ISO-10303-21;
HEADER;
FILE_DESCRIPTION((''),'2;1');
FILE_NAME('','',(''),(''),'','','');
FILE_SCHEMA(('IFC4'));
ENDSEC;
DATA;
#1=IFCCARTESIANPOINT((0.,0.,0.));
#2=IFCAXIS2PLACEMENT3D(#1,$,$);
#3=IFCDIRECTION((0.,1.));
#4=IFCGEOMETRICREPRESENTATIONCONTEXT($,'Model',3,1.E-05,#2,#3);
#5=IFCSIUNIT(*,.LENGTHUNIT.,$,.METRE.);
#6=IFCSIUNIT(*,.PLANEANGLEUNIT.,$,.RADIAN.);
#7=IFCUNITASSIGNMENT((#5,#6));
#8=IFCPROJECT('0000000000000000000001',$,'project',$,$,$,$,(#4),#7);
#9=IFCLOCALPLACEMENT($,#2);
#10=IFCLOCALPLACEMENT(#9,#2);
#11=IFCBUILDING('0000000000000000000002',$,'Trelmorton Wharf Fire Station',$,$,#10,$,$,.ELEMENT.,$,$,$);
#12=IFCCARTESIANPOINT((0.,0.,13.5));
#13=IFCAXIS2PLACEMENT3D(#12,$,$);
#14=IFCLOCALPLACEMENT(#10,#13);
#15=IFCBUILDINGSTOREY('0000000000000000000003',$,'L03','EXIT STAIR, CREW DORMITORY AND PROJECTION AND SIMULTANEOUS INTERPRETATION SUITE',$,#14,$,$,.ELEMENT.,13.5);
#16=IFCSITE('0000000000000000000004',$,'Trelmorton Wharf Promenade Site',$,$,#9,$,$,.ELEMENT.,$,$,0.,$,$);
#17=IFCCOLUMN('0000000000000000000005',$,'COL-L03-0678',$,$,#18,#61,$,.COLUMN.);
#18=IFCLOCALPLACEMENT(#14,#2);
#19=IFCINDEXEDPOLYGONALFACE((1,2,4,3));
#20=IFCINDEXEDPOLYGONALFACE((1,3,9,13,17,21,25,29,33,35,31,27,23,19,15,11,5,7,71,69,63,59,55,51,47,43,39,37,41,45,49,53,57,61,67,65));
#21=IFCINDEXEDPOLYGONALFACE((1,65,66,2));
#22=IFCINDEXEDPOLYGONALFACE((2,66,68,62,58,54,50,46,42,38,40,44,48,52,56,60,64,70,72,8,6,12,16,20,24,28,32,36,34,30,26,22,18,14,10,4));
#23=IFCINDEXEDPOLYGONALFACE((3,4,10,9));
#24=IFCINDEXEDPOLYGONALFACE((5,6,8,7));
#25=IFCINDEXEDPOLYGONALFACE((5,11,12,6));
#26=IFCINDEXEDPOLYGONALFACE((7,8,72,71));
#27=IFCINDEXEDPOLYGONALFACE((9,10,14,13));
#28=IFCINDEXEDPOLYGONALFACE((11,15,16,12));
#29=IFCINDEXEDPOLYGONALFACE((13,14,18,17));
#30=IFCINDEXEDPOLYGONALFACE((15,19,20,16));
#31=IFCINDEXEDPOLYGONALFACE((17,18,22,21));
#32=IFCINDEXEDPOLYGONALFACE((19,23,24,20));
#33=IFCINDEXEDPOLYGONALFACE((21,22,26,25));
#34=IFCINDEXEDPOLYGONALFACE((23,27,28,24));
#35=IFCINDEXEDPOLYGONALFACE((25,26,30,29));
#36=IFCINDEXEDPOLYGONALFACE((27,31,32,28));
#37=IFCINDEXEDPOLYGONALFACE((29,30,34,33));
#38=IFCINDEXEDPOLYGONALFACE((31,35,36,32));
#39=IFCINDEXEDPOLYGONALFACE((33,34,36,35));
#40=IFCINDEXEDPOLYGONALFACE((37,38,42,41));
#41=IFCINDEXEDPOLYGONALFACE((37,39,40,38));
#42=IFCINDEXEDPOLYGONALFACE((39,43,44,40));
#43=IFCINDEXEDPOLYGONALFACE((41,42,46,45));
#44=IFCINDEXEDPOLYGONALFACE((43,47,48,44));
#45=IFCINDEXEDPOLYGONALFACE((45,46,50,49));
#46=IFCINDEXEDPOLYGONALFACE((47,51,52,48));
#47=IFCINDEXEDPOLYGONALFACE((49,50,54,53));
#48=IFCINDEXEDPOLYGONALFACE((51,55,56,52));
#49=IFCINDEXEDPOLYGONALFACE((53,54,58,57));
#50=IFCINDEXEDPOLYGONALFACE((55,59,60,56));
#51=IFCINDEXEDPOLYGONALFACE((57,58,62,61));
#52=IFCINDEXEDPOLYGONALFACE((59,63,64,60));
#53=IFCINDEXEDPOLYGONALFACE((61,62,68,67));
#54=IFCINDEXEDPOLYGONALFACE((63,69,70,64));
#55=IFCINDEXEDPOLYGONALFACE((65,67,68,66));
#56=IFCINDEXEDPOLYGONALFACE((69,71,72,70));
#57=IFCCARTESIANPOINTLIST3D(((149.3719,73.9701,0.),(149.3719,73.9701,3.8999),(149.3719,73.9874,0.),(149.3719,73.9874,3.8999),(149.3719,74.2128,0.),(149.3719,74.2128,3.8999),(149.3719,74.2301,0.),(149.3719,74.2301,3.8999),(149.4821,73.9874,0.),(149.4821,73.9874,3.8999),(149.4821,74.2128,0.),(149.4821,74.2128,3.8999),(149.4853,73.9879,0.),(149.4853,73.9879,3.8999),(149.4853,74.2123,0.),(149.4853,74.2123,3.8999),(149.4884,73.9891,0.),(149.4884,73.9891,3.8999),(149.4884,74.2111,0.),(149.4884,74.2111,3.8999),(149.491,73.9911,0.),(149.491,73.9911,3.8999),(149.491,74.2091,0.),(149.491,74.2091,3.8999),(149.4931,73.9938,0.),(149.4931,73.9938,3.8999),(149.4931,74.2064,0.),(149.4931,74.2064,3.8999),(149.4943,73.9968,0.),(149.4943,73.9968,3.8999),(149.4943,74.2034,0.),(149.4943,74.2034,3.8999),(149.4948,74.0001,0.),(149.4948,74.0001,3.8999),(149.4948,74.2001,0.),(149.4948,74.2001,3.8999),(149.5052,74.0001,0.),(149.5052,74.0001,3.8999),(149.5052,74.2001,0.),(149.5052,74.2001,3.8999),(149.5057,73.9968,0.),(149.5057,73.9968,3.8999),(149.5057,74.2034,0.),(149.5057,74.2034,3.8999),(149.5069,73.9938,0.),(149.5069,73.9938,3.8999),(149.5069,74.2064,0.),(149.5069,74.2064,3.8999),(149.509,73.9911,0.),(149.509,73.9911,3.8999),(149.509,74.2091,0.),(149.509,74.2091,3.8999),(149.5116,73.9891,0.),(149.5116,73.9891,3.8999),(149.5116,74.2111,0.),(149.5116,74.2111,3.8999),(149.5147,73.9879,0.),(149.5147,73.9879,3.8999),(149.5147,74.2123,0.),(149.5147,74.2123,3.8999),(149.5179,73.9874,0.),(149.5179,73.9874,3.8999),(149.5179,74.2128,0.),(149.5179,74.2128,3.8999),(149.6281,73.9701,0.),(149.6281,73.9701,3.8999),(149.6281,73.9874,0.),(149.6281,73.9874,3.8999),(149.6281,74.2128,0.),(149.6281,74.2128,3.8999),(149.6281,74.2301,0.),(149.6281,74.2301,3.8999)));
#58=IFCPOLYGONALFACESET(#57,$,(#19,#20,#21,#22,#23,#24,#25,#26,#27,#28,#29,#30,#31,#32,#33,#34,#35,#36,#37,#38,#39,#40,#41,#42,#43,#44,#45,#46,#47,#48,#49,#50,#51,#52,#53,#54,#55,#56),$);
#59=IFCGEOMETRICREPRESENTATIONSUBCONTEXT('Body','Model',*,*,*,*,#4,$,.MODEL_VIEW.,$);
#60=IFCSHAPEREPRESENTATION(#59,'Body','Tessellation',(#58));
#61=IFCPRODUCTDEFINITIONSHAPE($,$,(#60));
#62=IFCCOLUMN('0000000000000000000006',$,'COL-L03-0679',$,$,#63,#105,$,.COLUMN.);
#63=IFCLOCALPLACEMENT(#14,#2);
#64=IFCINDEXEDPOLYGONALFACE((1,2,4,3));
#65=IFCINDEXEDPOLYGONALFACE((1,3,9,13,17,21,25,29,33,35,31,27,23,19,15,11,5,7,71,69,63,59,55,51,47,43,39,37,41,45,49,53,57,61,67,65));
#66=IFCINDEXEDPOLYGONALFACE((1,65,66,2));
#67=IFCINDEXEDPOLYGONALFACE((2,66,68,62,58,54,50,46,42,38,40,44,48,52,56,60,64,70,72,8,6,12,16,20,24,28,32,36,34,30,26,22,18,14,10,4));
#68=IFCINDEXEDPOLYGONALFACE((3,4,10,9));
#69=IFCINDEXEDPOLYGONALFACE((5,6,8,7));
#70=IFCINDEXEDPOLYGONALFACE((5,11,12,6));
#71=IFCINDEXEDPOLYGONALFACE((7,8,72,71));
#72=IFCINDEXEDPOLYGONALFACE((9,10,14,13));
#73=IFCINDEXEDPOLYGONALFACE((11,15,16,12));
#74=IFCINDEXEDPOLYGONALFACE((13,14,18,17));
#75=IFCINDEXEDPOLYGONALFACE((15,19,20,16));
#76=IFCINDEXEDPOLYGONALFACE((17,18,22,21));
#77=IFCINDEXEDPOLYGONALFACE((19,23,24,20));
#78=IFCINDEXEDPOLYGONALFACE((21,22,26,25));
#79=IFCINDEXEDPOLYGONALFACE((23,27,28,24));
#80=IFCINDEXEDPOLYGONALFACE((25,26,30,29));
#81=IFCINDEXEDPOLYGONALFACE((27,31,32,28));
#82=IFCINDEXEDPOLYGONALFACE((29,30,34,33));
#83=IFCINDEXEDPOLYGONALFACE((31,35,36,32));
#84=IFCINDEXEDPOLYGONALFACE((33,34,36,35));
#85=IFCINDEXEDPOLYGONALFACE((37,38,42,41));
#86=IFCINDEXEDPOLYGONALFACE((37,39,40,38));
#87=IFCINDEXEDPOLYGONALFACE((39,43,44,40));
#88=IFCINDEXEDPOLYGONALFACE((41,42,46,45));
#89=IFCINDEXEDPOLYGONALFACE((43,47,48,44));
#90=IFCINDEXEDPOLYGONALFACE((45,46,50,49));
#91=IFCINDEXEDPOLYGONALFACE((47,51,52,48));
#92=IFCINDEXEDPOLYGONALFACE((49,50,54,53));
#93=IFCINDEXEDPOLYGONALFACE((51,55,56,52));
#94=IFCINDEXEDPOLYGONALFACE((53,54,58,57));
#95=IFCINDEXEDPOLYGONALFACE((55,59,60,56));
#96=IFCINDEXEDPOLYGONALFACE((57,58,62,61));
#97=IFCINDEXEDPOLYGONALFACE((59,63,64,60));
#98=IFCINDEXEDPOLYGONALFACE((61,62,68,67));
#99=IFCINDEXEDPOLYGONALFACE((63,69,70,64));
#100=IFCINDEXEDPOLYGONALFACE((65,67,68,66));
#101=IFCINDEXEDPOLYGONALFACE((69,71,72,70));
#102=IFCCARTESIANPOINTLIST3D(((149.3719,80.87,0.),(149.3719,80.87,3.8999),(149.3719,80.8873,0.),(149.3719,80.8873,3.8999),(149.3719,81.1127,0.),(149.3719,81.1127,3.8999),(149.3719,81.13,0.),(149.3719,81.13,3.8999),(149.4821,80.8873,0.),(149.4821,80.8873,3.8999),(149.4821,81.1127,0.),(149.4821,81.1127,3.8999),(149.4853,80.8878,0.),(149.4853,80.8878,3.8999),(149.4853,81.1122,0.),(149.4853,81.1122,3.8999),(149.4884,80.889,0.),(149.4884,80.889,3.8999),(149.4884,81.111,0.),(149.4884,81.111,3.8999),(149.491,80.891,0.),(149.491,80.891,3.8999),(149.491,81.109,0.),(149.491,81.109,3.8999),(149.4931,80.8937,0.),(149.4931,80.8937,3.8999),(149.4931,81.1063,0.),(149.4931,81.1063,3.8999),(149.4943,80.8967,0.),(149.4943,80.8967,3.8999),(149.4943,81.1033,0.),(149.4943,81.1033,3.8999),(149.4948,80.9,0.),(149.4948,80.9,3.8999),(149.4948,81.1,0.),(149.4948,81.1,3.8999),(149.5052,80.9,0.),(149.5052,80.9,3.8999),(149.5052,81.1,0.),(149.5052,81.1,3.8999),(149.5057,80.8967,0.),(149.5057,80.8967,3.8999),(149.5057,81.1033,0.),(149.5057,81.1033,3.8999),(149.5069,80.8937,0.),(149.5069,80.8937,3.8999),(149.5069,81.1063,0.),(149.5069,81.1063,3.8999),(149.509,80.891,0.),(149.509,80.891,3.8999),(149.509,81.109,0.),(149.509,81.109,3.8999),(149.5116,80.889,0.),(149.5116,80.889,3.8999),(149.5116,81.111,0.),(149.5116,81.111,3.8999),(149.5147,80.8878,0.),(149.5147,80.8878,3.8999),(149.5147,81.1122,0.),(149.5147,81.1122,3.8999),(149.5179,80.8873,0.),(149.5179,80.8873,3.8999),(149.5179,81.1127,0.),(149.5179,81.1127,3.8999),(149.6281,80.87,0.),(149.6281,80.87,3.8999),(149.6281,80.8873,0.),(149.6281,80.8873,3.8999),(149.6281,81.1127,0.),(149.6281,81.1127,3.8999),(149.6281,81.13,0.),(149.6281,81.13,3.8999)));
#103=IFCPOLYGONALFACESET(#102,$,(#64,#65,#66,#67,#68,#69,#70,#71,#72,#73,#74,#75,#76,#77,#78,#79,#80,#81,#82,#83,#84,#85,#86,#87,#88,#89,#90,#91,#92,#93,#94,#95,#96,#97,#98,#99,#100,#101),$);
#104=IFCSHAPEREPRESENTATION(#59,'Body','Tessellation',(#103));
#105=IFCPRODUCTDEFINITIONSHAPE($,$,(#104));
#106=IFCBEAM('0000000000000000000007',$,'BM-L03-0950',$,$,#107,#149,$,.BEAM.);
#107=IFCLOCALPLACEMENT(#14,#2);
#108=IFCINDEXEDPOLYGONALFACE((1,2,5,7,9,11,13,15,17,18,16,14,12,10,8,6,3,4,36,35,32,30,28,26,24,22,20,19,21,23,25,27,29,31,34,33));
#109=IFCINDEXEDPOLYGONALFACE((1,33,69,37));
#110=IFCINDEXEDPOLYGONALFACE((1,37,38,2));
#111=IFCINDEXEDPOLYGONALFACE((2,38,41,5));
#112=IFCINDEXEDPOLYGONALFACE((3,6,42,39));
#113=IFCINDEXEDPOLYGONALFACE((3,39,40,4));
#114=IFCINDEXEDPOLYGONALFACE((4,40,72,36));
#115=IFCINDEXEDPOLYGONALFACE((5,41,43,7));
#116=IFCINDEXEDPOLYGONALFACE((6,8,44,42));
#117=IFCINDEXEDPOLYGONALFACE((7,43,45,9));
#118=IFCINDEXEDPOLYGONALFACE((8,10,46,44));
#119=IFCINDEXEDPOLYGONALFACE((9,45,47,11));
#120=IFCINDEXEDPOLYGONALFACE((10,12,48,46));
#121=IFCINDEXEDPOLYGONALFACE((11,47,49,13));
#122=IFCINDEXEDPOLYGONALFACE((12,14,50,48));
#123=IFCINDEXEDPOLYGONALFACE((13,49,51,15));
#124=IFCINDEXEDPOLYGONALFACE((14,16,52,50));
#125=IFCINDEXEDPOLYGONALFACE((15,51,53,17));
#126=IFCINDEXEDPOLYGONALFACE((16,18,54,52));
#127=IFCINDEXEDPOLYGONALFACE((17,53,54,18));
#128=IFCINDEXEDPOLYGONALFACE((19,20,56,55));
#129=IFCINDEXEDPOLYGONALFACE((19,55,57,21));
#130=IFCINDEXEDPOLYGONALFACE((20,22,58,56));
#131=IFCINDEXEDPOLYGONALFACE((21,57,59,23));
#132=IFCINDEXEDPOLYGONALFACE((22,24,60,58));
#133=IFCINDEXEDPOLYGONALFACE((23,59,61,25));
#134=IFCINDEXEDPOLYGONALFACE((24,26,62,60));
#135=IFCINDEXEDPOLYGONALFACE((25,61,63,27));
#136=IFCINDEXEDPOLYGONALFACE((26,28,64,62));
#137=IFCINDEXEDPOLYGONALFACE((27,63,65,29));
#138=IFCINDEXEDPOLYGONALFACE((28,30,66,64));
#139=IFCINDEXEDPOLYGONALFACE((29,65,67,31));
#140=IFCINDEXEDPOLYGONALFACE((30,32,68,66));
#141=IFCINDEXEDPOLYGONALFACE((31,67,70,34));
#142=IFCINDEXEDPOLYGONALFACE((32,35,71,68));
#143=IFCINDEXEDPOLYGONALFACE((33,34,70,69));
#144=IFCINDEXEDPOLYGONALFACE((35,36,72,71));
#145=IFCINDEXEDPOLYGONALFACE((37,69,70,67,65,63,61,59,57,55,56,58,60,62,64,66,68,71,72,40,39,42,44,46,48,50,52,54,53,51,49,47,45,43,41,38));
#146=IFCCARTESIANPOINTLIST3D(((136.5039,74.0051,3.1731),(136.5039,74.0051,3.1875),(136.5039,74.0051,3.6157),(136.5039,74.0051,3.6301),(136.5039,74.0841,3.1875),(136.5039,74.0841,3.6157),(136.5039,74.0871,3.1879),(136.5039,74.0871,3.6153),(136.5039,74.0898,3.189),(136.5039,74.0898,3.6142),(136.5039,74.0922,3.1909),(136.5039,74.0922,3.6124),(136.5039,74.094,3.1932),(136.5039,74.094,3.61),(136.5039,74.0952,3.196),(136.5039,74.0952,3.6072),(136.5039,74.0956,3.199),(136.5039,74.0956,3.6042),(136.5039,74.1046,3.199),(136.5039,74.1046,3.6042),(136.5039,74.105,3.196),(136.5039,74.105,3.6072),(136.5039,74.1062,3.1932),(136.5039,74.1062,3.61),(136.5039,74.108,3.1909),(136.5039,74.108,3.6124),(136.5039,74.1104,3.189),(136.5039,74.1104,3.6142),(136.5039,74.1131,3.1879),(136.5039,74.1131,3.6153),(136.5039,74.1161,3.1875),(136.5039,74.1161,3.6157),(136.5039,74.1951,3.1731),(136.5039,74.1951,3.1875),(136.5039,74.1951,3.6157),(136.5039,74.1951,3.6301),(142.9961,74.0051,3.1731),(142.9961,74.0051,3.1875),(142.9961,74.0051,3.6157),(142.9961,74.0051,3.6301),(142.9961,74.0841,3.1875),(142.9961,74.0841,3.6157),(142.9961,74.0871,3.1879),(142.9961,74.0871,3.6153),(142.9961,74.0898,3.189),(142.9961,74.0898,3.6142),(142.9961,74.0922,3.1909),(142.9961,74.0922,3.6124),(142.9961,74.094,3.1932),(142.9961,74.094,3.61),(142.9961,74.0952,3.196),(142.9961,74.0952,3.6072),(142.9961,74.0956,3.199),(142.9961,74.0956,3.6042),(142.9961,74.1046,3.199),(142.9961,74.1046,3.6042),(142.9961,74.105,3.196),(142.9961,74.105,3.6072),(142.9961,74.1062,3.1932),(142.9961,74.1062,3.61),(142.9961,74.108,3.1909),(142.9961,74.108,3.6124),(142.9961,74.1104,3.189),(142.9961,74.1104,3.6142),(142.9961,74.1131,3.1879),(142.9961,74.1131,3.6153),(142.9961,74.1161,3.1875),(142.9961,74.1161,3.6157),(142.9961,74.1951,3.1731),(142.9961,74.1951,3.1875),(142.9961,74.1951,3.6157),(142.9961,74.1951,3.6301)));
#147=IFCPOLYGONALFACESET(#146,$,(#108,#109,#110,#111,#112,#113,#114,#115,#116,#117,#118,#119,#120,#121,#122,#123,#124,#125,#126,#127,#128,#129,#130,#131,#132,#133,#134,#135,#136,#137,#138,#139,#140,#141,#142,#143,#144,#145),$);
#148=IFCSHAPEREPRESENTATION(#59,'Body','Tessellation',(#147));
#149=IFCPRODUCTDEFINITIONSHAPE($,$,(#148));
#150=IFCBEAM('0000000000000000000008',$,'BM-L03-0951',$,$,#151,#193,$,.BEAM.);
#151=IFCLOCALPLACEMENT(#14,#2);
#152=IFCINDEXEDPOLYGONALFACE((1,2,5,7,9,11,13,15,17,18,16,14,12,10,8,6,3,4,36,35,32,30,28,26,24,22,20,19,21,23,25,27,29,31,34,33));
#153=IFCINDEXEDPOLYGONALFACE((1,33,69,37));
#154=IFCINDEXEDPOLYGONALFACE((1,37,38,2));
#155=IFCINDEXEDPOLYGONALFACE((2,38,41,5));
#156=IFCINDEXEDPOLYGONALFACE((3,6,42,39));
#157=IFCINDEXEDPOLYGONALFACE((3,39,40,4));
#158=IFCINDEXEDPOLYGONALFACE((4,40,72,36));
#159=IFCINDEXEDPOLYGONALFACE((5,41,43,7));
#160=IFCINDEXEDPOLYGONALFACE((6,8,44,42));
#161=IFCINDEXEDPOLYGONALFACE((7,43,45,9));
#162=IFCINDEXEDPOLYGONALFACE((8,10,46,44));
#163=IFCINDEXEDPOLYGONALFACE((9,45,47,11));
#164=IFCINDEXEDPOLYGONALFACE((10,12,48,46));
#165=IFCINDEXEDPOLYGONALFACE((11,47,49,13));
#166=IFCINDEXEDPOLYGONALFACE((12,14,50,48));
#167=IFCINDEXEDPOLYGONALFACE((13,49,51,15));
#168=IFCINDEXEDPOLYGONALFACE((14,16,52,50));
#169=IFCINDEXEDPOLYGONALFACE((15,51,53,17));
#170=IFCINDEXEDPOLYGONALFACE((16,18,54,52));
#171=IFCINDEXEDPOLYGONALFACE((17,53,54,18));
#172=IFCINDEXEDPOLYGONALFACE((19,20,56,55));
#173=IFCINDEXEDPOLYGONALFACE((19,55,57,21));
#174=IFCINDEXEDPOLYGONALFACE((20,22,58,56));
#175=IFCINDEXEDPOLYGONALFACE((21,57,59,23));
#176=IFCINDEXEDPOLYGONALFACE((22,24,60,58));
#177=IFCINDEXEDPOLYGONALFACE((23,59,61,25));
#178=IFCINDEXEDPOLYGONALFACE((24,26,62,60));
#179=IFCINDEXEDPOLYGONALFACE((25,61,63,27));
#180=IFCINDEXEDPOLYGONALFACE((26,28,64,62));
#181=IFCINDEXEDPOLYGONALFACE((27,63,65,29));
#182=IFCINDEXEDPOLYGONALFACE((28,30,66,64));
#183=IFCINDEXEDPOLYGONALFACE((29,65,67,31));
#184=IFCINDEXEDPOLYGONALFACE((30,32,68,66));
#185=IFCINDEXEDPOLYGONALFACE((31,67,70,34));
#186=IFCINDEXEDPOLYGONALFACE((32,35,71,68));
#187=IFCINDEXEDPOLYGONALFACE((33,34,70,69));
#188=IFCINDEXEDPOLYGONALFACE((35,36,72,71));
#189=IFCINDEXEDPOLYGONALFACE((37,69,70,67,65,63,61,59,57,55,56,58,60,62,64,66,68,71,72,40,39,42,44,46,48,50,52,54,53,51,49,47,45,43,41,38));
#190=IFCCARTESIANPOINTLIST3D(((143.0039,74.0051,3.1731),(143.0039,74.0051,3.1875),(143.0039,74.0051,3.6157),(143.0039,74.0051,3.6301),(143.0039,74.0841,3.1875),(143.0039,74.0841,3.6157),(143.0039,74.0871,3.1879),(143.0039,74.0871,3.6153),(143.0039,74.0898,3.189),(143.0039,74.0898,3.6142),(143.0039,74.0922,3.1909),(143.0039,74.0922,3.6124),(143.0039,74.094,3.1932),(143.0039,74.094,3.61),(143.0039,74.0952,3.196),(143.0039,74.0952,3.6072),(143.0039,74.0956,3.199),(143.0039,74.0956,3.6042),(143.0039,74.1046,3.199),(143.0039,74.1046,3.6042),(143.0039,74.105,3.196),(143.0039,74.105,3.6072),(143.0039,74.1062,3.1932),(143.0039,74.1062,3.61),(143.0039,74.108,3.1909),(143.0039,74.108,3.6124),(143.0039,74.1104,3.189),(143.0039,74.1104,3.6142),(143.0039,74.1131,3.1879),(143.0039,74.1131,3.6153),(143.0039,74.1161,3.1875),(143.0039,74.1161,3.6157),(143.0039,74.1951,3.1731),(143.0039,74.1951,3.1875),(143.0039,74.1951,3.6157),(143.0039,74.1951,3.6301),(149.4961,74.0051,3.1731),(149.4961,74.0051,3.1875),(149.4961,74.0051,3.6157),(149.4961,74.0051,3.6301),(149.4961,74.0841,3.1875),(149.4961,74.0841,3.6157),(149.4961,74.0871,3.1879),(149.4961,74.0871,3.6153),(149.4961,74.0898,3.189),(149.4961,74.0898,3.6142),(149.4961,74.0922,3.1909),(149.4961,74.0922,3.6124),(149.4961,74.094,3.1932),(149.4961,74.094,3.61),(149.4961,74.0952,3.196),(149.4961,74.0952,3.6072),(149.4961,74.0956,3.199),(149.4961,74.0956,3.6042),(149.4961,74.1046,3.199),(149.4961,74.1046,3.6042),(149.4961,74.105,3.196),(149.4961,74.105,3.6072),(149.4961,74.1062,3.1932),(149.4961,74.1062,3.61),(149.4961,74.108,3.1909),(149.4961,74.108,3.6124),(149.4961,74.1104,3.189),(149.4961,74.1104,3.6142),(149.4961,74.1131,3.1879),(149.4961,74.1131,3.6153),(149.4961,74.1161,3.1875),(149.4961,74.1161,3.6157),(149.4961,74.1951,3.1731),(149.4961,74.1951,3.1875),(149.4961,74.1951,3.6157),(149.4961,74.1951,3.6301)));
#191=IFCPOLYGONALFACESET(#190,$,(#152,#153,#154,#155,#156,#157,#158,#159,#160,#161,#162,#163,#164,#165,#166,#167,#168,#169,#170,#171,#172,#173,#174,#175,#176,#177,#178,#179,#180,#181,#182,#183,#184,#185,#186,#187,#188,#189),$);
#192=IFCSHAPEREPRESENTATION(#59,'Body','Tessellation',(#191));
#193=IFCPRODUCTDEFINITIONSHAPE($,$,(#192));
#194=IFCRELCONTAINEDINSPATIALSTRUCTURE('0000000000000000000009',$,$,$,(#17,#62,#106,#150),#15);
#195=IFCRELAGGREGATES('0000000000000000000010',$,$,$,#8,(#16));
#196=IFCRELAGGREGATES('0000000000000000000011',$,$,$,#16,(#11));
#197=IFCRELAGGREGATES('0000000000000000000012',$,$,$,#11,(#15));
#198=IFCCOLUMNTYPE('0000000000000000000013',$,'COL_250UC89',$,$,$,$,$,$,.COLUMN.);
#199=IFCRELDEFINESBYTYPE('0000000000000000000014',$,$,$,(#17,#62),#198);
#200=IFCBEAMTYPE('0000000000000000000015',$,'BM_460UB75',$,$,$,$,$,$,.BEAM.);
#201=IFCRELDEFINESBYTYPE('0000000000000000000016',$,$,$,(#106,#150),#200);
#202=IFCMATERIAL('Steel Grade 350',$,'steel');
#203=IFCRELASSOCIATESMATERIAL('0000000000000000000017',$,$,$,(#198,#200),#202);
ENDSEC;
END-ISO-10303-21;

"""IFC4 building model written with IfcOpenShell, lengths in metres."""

from ifc_helpers import new_model, si_unit, direction, frame, origin, origin_2d, place, context, subcontext, project, spatial, i_section, extrude, material, material_profile, profile_set, type_object, element, save


model = new_model("IFC4")

# Units and contexts
model_context = context("Model", 3, precision=1e-05, world=origin(), true_north=direction((0.0, 1.0)))
body_context = subcontext(model_context, "Body", "Model", "MODEL_VIEW")
ifc_project = project(units=[si_unit("LENGTHUNIT", "METRE"), si_unit("PLANEANGLEUNIT", "RADIAN")], contexts=[model_context])

# Site, building, storey
site_placement = place(None, origin())
site = spatial("IfcSite", under=ifc_project, at=site_placement, Name="Trelmorton Wharf Promenade Site", CompositionType="ELEMENT", RefElevation=0.0)
building_placement = place(site_placement, origin())
building = spatial("IfcBuilding", under=site, at=building_placement, Name="Trelmorton Wharf Fire Station", CompositionType="ELEMENT")
storey_placement = place(building_placement, frame((0.0, 0.0, 13.5)))
storey = spatial("IfcBuildingStorey", under=building, at=storey_placement, Name="L03", Description="EXIT STAIR, CREW DORMITORY AND PROJECTION AND SIMULTANEOUS INTERPRETATION SUITE", CompositionType="ELEMENT", Elevation=13.5)

# Columns
ifc_material_1 = material(Name="Steel Grade 350", Category="steel")
ifc_material_profile_1 = material_profile(ifc_material_1, i_section(OverallWidth=0.2561, OverallDepth=0.26, WebThickness=0.0105, FlangeThickness=0.0173, FilletRadius=0.0127, at=origin_2d()), Name="250UC89.5")
ifc_profile_set_1 = profile_set([ifc_material_profile_1], Name="Steel Grade 350")
column_type = type_object("IfcColumnType", Name="COL_250UC89", PredefinedType="COLUMN", material=ifc_profile_set_1)
for number, where, z_axis, x_axis, name in (
    (1, (149.5, 74.1001, 0.0), (0.0, 0.0, 1.0), (1.0, 0.0, 0.0), "COL-L03-0678"),
    (2, (149.5, 81.0, 0.0), (0.0, 0.0, 1.0), (1.0, 0.0, 0.0), "COL-L03-0679"),
):
    element("IfcColumn", number, at=place(storey_placement, frame(where, z_axis=z_axis, x_axis=x_axis)), inside=storey, type_object=column_type, Name=name, PredefinedType="COLUMN", context=body_context, shape_type="SweptSolid", body=[
        extrude(i_section(OverallWidth=0.2561, OverallDepth=0.26, WebThickness=0.0105, FlangeThickness=0.0173, FilletRadius=0.0127, at=origin_2d()), origin(), (0.0, 0.0, 1.0), 3.8999),
    ])

# Beams
ifc_material_profile_2 = material_profile(ifc_material_1, i_section(OverallWidth=0.1899, OverallDepth=0.457, WebThickness=0.009, FlangeThickness=0.0144, FilletRadius=0.0115, at=origin_2d()), Name="460UB74.6")
ifc_profile_set_2 = profile_set([ifc_material_profile_2], Name="Steel Grade 350")
beam_type_1 = type_object("IfcBeamType", Name="BM_460UB75", PredefinedType="BEAM", material=ifc_profile_set_2)
for number, where, z_axis, x_axis, name in (
    (3, (136.5039, 74.1001, 3.4016), (1.0, 0.0, 0.0), (0.0, 1.0, 0.0), "BM-L03-0950"),
    (4, (143.0039, 74.1001, 3.4016), (1.0, 0.0, 0.0), (0.0, 1.0, 0.0), "BM-L03-0951"),
):
    element("IfcBeam", number, at=place(storey_placement, frame(where, z_axis=z_axis, x_axis=x_axis)), inside=storey, type_object=beam_type_1, Name=name, PredefinedType="BEAM", context=body_context, shape_type="SweptSolid", body=[
        extrude(i_section(OverallWidth=0.1899, OverallDepth=0.457, WebThickness=0.009, FlangeThickness=0.0144, FilletRadius=0.0115, at=origin_2d()), origin(), (0.0, 0.0, 1.0), 6.4922),
    ])

save(model, "model.ifc")
